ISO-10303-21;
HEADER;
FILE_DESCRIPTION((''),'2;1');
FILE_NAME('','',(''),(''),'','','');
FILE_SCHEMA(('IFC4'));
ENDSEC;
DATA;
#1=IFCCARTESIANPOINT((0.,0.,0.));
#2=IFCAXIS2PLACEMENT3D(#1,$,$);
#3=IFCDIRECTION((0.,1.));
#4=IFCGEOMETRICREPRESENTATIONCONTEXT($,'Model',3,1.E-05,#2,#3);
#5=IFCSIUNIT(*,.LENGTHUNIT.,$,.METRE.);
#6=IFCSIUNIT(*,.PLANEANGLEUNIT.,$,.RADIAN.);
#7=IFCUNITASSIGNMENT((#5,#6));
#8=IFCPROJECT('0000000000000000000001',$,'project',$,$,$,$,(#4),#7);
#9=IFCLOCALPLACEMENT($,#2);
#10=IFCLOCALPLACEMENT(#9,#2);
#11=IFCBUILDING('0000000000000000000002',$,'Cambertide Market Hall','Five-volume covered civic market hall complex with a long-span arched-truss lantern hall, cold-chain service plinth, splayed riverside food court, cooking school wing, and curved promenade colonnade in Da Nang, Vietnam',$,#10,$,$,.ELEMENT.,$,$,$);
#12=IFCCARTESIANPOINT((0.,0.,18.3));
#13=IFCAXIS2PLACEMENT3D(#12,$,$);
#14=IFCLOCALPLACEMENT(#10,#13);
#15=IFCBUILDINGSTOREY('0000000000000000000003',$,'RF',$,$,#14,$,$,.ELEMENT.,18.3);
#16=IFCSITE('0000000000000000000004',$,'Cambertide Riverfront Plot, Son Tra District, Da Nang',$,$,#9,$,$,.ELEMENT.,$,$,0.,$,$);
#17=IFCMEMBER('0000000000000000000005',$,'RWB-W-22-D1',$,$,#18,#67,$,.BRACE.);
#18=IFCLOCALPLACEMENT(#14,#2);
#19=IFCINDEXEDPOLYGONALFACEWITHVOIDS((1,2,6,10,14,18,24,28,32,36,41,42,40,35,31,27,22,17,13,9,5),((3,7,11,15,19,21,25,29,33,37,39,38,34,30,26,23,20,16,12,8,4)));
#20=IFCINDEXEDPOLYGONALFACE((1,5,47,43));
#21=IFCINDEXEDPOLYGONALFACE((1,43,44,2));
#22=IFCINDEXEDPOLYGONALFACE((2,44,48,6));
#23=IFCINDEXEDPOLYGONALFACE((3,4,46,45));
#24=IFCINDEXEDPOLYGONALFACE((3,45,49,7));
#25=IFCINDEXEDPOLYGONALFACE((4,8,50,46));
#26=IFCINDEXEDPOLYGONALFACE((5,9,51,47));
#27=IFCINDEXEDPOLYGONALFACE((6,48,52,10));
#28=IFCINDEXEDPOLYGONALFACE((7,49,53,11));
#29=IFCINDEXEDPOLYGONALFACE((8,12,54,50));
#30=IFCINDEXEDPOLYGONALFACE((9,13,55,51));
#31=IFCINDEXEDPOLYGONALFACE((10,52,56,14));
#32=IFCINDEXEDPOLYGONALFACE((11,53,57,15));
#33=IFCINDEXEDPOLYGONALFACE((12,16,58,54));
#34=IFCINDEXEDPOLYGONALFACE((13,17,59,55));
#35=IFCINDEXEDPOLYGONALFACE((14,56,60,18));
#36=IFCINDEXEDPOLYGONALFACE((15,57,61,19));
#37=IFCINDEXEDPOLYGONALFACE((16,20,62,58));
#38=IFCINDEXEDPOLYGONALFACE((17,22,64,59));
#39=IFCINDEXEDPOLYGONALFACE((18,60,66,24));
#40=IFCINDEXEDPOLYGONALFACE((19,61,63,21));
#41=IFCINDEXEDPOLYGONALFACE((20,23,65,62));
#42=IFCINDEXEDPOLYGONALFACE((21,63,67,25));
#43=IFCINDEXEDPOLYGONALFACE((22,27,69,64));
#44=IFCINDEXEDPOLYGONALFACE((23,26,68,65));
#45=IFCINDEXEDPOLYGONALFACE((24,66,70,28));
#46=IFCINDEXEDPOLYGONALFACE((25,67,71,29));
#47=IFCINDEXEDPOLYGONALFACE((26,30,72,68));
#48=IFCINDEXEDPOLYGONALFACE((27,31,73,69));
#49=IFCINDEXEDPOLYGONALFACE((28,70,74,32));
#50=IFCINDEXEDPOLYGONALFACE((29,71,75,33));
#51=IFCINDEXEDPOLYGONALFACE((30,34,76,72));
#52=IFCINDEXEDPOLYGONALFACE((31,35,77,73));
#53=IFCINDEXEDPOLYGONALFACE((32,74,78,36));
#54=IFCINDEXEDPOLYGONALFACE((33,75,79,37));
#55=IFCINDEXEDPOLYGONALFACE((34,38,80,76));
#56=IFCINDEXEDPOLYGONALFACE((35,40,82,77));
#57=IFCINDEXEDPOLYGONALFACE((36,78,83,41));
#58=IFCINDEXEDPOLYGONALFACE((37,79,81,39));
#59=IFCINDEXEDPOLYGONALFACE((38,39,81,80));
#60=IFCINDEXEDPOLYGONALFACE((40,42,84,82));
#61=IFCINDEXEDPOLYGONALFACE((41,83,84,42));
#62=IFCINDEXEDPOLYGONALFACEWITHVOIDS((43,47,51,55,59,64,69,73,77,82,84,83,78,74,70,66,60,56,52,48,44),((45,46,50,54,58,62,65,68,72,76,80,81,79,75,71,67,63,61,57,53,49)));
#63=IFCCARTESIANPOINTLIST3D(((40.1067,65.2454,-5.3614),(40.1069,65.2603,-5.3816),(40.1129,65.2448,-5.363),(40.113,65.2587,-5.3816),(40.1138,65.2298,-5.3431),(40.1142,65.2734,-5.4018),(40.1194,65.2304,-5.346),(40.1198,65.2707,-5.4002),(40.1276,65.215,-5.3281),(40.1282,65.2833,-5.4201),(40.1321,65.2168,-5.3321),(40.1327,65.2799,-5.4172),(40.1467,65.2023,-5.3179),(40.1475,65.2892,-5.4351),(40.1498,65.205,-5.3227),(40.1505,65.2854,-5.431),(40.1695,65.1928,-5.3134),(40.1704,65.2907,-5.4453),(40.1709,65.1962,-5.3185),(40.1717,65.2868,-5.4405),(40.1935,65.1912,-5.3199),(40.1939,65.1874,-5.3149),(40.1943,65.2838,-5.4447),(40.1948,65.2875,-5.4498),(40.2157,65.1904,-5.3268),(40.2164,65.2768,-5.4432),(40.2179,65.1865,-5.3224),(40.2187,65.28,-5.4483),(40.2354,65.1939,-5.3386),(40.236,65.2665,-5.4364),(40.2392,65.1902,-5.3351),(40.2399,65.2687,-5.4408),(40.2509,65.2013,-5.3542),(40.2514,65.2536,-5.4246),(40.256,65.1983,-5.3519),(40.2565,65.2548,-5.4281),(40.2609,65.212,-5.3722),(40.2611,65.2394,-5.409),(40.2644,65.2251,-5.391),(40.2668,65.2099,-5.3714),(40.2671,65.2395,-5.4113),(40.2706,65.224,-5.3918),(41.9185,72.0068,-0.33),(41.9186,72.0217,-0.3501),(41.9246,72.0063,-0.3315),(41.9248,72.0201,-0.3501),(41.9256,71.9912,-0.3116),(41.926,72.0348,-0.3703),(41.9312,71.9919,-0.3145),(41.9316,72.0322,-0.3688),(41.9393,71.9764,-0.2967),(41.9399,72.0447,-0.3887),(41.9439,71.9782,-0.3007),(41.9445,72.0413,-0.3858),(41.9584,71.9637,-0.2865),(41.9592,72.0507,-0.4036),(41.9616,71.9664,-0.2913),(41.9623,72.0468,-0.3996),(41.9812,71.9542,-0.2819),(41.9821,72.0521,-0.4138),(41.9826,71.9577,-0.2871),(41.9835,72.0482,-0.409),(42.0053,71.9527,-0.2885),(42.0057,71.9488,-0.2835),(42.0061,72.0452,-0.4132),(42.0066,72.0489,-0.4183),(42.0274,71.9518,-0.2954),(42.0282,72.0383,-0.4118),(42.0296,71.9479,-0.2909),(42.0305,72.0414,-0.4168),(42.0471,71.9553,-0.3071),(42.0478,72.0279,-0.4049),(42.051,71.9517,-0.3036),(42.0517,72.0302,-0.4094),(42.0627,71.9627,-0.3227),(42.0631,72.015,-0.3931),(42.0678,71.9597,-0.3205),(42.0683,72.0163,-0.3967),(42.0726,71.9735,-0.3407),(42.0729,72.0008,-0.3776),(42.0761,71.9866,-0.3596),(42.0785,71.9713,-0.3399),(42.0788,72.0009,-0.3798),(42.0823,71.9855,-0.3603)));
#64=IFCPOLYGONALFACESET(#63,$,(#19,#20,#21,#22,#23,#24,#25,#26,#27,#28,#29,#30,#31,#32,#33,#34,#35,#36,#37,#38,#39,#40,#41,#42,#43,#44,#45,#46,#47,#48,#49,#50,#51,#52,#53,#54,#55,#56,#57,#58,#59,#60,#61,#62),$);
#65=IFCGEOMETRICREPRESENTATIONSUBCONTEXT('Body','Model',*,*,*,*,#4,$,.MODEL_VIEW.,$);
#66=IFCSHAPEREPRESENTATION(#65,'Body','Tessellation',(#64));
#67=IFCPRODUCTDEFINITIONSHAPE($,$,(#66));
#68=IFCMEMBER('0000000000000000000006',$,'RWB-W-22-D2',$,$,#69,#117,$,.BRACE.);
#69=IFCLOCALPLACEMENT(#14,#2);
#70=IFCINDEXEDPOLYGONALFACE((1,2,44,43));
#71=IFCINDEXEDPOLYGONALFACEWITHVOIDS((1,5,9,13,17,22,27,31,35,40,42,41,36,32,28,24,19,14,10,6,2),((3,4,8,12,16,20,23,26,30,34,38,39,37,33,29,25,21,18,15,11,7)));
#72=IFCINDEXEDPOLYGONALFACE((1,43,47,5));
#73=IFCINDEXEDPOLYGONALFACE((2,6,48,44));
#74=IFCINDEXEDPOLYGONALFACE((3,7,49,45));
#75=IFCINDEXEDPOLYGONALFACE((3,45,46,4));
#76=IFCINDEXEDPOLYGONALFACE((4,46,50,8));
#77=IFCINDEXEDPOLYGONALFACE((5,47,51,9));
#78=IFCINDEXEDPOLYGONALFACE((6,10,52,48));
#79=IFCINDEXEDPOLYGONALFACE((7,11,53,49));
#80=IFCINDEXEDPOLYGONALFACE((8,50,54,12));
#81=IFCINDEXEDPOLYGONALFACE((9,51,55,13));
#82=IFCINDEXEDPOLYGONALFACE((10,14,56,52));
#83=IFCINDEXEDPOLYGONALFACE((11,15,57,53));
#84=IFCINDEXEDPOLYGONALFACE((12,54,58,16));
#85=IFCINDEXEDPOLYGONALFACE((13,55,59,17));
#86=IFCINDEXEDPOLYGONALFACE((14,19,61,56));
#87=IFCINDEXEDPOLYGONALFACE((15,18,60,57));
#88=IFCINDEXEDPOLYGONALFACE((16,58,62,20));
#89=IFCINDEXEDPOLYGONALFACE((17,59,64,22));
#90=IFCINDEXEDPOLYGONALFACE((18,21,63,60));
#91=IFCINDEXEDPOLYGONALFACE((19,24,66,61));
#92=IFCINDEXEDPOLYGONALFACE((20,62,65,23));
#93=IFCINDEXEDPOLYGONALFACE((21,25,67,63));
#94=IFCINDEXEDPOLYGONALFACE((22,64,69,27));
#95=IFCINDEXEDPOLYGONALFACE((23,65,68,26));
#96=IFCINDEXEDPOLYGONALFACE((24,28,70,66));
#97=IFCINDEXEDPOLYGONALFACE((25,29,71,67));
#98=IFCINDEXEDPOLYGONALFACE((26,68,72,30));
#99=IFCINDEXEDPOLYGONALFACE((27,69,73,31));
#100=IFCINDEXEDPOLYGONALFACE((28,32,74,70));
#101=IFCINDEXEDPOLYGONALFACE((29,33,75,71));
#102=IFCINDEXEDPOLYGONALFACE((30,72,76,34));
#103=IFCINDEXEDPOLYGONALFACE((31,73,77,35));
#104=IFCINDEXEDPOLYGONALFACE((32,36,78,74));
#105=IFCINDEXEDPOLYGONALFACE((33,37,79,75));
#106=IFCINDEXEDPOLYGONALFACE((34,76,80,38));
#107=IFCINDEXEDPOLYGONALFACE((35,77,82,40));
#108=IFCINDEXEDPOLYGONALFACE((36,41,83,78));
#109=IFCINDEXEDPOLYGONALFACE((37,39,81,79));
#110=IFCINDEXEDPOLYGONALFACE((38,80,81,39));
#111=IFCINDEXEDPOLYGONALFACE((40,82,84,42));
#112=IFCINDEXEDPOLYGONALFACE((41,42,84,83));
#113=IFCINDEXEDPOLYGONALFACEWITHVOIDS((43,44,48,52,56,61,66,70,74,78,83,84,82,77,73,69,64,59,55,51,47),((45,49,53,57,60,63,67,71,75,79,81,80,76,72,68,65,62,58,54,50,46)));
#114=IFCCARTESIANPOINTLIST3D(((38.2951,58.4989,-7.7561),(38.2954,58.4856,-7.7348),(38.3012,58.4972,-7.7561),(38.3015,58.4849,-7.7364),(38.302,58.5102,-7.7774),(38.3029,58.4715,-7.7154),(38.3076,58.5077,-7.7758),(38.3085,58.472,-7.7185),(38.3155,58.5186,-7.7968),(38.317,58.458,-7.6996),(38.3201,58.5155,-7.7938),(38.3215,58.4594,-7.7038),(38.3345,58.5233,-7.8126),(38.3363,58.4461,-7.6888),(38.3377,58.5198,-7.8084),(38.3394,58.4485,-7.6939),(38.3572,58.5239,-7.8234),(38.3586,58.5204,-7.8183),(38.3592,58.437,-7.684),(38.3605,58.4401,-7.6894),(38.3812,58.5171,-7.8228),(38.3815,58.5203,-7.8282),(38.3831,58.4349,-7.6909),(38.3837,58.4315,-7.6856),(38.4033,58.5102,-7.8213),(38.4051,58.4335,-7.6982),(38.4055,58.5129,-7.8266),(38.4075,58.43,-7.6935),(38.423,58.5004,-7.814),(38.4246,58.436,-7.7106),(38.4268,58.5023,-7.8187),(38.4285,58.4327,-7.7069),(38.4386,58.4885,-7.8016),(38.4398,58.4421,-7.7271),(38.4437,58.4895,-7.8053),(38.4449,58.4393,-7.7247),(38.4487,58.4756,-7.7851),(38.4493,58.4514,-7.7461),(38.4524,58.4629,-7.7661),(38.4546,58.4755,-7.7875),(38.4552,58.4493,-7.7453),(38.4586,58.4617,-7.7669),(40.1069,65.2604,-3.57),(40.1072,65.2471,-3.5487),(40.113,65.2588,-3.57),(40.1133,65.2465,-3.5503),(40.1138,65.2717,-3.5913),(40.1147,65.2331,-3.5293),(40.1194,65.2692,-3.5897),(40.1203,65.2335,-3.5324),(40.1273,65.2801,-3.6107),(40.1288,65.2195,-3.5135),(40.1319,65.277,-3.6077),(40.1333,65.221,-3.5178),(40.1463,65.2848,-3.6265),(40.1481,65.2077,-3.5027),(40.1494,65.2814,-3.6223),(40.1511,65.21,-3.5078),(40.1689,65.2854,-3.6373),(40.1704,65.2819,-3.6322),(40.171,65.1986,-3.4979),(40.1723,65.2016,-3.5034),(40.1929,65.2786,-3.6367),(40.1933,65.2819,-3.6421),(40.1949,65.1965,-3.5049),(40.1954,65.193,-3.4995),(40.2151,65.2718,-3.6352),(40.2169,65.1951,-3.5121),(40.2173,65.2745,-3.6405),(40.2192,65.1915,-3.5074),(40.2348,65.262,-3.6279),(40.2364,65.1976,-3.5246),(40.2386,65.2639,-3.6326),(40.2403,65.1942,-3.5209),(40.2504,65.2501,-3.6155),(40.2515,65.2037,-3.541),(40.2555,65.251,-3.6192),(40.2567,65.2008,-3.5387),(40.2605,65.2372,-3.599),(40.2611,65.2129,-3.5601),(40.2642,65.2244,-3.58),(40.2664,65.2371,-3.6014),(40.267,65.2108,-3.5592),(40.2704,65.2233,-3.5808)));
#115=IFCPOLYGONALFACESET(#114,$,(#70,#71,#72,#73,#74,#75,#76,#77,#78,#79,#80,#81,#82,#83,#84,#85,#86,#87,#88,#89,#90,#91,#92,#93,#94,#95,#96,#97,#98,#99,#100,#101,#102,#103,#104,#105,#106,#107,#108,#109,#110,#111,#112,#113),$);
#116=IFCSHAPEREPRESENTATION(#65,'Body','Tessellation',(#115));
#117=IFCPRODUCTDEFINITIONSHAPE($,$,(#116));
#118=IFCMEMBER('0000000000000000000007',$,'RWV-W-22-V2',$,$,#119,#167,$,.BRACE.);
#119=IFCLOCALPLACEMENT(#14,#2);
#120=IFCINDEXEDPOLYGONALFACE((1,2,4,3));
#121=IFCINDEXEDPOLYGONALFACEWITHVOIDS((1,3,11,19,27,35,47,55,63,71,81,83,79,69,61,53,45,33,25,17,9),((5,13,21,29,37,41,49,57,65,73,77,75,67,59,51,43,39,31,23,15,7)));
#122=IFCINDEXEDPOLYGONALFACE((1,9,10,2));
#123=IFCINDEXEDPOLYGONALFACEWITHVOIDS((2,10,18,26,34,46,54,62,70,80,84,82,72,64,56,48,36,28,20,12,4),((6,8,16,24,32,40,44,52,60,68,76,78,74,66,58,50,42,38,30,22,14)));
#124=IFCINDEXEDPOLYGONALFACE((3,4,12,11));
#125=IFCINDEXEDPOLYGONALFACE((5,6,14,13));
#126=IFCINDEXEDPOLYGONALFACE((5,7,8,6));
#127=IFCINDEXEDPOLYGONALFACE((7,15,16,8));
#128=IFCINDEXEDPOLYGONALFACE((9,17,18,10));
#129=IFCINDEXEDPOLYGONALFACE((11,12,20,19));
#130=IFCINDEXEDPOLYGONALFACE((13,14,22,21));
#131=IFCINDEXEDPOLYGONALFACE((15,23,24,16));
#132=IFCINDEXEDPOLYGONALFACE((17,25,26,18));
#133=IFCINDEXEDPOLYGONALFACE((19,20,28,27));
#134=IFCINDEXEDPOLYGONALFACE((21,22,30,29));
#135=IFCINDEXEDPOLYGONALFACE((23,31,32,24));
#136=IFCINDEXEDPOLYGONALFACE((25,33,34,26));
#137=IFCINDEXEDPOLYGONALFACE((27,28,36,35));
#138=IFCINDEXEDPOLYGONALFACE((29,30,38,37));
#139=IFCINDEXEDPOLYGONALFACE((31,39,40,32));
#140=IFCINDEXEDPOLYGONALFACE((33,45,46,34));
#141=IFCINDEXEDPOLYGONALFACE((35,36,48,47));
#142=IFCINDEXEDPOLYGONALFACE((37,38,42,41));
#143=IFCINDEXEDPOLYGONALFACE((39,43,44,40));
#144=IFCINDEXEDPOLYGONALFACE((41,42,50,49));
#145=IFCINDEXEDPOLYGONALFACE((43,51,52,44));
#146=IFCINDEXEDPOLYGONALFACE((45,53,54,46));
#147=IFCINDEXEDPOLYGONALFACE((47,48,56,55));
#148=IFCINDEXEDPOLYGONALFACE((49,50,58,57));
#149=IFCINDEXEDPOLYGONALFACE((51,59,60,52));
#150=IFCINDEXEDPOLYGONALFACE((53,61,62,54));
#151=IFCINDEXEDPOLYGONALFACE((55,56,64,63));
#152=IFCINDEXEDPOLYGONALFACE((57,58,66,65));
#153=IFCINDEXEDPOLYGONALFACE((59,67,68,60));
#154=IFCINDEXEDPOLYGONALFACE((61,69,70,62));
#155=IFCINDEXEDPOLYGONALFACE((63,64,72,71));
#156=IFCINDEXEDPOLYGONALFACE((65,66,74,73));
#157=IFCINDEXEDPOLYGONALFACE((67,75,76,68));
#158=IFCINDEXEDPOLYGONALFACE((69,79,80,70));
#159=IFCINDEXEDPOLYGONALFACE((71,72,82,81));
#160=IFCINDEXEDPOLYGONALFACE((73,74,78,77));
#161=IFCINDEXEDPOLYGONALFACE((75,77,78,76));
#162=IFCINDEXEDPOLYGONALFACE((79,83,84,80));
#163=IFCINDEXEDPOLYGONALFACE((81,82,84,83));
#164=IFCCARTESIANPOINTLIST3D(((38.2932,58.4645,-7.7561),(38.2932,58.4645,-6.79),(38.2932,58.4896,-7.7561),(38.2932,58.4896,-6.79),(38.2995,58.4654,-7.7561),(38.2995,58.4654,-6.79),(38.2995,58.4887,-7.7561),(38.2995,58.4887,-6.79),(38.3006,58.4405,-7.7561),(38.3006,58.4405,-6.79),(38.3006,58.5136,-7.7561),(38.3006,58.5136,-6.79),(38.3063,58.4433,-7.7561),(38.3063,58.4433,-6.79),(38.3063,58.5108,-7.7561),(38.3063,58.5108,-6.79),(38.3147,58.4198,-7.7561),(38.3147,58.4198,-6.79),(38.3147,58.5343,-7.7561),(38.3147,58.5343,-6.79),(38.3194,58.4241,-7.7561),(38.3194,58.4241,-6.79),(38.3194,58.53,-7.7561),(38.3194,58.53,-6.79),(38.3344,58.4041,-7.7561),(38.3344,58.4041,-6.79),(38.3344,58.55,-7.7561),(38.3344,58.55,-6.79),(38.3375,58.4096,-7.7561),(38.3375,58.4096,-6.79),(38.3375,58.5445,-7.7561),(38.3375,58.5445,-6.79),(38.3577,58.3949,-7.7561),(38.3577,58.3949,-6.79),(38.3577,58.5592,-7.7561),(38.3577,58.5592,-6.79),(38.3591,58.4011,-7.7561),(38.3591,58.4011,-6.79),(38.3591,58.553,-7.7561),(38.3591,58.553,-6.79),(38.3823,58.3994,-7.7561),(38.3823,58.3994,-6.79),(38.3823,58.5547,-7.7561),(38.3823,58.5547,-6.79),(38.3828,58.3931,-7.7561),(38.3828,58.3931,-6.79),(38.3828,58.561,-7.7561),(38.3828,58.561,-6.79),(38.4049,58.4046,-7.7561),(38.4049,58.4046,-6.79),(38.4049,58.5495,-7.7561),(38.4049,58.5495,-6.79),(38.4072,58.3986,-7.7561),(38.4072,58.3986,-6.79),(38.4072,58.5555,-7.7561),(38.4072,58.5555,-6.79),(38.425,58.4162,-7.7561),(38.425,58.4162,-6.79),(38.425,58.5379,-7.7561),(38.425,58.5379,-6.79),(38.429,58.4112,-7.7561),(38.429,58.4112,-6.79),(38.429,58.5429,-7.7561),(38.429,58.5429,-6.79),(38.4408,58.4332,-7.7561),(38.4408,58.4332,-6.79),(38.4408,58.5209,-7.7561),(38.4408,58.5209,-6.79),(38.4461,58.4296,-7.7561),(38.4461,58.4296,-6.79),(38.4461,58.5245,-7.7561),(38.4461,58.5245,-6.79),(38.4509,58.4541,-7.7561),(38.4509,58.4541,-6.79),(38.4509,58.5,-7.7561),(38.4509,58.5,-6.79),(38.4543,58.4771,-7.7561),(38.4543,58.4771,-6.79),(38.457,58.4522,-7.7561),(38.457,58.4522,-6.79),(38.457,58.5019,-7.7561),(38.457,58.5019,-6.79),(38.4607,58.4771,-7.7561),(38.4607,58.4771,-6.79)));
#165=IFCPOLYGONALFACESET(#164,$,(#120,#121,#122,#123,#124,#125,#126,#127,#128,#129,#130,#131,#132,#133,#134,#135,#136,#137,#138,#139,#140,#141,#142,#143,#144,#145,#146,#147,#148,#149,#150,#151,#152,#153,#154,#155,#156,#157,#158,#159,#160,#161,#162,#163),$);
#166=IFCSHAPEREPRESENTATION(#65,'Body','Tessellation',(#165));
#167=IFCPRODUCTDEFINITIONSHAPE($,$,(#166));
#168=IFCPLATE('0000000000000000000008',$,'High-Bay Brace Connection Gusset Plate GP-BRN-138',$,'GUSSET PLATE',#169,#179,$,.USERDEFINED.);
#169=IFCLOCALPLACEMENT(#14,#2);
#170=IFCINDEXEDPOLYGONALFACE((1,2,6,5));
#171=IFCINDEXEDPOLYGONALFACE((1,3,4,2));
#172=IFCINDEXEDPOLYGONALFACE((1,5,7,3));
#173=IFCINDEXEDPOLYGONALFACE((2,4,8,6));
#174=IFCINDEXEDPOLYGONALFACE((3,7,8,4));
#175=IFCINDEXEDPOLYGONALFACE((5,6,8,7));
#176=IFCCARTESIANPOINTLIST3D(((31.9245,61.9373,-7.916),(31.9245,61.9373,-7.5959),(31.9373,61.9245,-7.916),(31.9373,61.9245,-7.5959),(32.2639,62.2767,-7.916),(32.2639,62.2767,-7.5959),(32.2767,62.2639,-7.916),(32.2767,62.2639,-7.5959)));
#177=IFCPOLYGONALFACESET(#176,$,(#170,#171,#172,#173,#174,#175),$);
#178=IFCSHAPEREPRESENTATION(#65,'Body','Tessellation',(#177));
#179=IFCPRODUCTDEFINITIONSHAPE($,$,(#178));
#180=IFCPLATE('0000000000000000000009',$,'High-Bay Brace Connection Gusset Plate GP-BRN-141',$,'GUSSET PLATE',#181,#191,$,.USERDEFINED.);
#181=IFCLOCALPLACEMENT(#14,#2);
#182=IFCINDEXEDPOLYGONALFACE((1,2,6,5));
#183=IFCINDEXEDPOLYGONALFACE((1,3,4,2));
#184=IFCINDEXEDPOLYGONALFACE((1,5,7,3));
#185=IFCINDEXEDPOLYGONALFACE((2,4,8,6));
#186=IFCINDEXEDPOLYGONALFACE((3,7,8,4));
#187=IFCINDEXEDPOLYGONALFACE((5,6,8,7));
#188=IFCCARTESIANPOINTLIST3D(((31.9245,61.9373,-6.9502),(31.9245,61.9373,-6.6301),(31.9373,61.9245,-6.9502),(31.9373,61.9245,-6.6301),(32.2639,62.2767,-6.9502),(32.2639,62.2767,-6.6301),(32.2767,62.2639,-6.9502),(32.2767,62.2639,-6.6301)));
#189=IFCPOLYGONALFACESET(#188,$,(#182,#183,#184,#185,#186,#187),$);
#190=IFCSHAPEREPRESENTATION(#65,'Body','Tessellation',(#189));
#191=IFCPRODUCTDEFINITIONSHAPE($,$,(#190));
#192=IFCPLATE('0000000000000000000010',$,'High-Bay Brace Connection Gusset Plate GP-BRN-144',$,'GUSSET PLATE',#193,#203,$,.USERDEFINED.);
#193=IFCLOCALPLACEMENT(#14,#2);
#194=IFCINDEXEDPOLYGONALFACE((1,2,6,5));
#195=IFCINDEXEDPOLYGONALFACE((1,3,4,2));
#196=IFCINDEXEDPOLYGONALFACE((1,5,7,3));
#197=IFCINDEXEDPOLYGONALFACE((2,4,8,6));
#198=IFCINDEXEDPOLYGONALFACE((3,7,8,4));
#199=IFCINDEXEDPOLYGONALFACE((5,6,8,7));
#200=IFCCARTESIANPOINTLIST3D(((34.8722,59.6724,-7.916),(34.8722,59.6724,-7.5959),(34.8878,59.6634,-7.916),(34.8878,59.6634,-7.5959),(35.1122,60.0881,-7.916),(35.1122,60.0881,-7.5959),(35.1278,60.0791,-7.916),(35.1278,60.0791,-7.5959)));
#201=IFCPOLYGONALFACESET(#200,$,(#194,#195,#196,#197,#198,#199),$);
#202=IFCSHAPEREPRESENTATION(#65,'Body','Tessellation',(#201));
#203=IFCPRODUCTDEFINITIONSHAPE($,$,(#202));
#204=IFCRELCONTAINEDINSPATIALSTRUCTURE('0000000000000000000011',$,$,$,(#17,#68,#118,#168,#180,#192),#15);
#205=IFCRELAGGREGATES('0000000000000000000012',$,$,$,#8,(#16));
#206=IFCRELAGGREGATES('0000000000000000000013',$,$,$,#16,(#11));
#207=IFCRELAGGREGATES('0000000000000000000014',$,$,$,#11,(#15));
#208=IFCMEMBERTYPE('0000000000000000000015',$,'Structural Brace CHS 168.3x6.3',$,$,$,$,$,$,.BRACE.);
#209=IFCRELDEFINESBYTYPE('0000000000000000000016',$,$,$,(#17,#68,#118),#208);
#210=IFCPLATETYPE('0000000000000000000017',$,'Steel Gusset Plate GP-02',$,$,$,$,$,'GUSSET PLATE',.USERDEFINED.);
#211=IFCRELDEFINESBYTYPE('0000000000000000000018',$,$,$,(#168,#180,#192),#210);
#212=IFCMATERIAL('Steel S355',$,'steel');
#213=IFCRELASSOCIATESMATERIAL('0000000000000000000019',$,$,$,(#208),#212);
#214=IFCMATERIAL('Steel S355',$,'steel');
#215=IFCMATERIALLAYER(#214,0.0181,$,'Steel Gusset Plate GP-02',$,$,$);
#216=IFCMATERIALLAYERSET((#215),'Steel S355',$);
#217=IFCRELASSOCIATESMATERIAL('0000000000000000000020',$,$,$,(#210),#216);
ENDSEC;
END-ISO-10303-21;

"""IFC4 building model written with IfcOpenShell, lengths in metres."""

from ifc_helpers import new_model, si_unit, direction, frame, origin, origin_2d, place, context, subcontext, project, spatial, rectangle, hollow_circle, extrude, material, layer, layer_set, material_profile, profile_set, type_object, element, save


model = new_model("IFC4")

# Units and contexts
model_context = context("Model", 3, precision=1e-05, world=origin(), true_north=direction((0.0, 1.0)))
body_context = subcontext(model_context, "Body", "Model", "MODEL_VIEW")
ifc_project = project(units=[si_unit("LENGTHUNIT", "METRE"), si_unit("PLANEANGLEUNIT", "RADIAN")], contexts=[model_context])

# Site, building, storey
site_placement = place(None, origin())
site = spatial("IfcSite", under=ifc_project, at=site_placement, Name="Cambertide Riverfront Plot, Son Tra District, Da Nang", CompositionType="ELEMENT", RefElevation=0.0)
building_placement = place(site_placement, origin())
building = spatial("IfcBuilding", under=site, at=building_placement, Name="Cambertide Market Hall", Description="Five-volume covered civic market hall complex with a long-span arched-truss lantern hall, cold-chain service plinth, splayed riverside food court, cooking school wing, and curved promenade colonnade in Da Nang, Vietnam", CompositionType="ELEMENT")
storey_placement = place(building_placement, frame((0.0, 0.0, 18.3)))
storey = spatial("IfcBuildingStorey", under=building, at=storey_placement, Name="RF", CompositionType="ELEMENT", Elevation=18.3)

# Members
ifc_material_1 = material(Name="Steel S355", Category="steel")
ifc_material_profile_1 = material_profile(ifc_material_1, hollow_circle(Radius=0.0842, WallThickness=0.0063, at=origin_2d()), Name="CHS 168.3x6.3")
ifc_profile_set_1 = profile_set([ifc_material_profile_1], Name="Steel S355")
member_type_1 = type_object("IfcMemberType", Name="Structural Brace CHS 168.3x6.3", PredefinedType="BRACE", material=ifc_profile_set_1)
member_1_placement = place(storey_placement, frame((40.1882, 65.2385, -5.3816), z_axis=(0.210165, 0.784333, 0.583655), x_axis=(-0.965925, 0.258824, 0.0)))
element("IfcMember", 1, at=member_1_placement, inside=storey, type_object=member_type_1, Name="RWB-W-22-D1", PredefinedType="BRACE", context=body_context, shape_type="SweptSolid", body=[
    extrude(hollow_circle(Radius=0.0842, WallThickness=0.0063, at=origin_2d()), origin(), (0.0, 0.0, 1.0), 8.6206),
])
member_2_placement = place(storey_placement, frame((38.3765, 58.4771, -7.7561), z_axis=(0.222135, 0.829002, 0.513236), x_axis=(-0.965925, 0.258824, 0.0)))
element("IfcMember", 2, at=member_2_placement, inside=storey, type_object=member_type_1, Name="RWB-W-22-D2", PredefinedType="BRACE", context=body_context, shape_type="SweptSolid", body=[
    extrude(hollow_circle(Radius=0.0842, WallThickness=0.0063, at=origin_2d()), origin(), (0.0, 0.0, 1.0), 8.1562),
])
member_3_placement = place(storey_placement, frame((38.3765, 58.4771, -7.7561), z_axis=(0.0, 0.0, 1.0), x_axis=(1.0, 0.0, 0.0)))
element("IfcMember", 3, at=member_3_placement, inside=storey, type_object=member_type_1, Name="RWV-W-22-V2", PredefinedType="BRACE", context=body_context, shape_type="SweptSolid", body=[
    extrude(hollow_circle(Radius=0.0842, WallThickness=0.0063, at=origin_2d()), origin(), (0.0, 0.0, 1.0), 0.9661),
])

# Plates
ifc_material_2 = material(Name="Steel S355", Category="steel")
ifc_layer = layer(ifc_material_2, 0.0181, Name="Steel Gusset Plate GP-02")
ifc_layer_set = layer_set([ifc_layer], Name="Steel S355")
plate_type = type_object("IfcPlateType", Name="Steel Gusset Plate GP-02", ElementType="GUSSET PLATE", PredefinedType="USERDEFINED", material=ifc_layer_set)
for number, where, z_axis, x_axis, name in (
    (4, (32.1006, 62.1006, -7.916), (0.0, 0.0, 1.0), (0.707107, 0.707107, 0.0), "High-Bay Brace Connection Gusset Plate GP-BRN-138"),
    (5, (32.1006, 62.1006, -6.9502), (0.0, 0.0, 1.0), (0.707107, 0.707107, 0.0), "High-Bay Brace Connection Gusset Plate GP-BRN-141"),
    (6, (35.0, 59.8757, -7.916), (0.0, 0.0, 1.0), (0.5, 0.866025, 0.0), "High-Bay Brace Connection Gusset Plate GP-BRN-144"),
):
    element("IfcPlate", number, at=place(storey_placement, frame(where, z_axis=z_axis, x_axis=x_axis)), inside=storey, type_object=plate_type, Name=name, ObjectType="GUSSET PLATE", PredefinedType="USERDEFINED", context=body_context, shape_type="SweptSolid", body=[
        extrude(rectangle(XDim=0.48, YDim=0.0181, at=origin_2d()), origin(), (0.0, 0.0, 1.0), 0.3201),
    ])

save(model, "model.ifc")
